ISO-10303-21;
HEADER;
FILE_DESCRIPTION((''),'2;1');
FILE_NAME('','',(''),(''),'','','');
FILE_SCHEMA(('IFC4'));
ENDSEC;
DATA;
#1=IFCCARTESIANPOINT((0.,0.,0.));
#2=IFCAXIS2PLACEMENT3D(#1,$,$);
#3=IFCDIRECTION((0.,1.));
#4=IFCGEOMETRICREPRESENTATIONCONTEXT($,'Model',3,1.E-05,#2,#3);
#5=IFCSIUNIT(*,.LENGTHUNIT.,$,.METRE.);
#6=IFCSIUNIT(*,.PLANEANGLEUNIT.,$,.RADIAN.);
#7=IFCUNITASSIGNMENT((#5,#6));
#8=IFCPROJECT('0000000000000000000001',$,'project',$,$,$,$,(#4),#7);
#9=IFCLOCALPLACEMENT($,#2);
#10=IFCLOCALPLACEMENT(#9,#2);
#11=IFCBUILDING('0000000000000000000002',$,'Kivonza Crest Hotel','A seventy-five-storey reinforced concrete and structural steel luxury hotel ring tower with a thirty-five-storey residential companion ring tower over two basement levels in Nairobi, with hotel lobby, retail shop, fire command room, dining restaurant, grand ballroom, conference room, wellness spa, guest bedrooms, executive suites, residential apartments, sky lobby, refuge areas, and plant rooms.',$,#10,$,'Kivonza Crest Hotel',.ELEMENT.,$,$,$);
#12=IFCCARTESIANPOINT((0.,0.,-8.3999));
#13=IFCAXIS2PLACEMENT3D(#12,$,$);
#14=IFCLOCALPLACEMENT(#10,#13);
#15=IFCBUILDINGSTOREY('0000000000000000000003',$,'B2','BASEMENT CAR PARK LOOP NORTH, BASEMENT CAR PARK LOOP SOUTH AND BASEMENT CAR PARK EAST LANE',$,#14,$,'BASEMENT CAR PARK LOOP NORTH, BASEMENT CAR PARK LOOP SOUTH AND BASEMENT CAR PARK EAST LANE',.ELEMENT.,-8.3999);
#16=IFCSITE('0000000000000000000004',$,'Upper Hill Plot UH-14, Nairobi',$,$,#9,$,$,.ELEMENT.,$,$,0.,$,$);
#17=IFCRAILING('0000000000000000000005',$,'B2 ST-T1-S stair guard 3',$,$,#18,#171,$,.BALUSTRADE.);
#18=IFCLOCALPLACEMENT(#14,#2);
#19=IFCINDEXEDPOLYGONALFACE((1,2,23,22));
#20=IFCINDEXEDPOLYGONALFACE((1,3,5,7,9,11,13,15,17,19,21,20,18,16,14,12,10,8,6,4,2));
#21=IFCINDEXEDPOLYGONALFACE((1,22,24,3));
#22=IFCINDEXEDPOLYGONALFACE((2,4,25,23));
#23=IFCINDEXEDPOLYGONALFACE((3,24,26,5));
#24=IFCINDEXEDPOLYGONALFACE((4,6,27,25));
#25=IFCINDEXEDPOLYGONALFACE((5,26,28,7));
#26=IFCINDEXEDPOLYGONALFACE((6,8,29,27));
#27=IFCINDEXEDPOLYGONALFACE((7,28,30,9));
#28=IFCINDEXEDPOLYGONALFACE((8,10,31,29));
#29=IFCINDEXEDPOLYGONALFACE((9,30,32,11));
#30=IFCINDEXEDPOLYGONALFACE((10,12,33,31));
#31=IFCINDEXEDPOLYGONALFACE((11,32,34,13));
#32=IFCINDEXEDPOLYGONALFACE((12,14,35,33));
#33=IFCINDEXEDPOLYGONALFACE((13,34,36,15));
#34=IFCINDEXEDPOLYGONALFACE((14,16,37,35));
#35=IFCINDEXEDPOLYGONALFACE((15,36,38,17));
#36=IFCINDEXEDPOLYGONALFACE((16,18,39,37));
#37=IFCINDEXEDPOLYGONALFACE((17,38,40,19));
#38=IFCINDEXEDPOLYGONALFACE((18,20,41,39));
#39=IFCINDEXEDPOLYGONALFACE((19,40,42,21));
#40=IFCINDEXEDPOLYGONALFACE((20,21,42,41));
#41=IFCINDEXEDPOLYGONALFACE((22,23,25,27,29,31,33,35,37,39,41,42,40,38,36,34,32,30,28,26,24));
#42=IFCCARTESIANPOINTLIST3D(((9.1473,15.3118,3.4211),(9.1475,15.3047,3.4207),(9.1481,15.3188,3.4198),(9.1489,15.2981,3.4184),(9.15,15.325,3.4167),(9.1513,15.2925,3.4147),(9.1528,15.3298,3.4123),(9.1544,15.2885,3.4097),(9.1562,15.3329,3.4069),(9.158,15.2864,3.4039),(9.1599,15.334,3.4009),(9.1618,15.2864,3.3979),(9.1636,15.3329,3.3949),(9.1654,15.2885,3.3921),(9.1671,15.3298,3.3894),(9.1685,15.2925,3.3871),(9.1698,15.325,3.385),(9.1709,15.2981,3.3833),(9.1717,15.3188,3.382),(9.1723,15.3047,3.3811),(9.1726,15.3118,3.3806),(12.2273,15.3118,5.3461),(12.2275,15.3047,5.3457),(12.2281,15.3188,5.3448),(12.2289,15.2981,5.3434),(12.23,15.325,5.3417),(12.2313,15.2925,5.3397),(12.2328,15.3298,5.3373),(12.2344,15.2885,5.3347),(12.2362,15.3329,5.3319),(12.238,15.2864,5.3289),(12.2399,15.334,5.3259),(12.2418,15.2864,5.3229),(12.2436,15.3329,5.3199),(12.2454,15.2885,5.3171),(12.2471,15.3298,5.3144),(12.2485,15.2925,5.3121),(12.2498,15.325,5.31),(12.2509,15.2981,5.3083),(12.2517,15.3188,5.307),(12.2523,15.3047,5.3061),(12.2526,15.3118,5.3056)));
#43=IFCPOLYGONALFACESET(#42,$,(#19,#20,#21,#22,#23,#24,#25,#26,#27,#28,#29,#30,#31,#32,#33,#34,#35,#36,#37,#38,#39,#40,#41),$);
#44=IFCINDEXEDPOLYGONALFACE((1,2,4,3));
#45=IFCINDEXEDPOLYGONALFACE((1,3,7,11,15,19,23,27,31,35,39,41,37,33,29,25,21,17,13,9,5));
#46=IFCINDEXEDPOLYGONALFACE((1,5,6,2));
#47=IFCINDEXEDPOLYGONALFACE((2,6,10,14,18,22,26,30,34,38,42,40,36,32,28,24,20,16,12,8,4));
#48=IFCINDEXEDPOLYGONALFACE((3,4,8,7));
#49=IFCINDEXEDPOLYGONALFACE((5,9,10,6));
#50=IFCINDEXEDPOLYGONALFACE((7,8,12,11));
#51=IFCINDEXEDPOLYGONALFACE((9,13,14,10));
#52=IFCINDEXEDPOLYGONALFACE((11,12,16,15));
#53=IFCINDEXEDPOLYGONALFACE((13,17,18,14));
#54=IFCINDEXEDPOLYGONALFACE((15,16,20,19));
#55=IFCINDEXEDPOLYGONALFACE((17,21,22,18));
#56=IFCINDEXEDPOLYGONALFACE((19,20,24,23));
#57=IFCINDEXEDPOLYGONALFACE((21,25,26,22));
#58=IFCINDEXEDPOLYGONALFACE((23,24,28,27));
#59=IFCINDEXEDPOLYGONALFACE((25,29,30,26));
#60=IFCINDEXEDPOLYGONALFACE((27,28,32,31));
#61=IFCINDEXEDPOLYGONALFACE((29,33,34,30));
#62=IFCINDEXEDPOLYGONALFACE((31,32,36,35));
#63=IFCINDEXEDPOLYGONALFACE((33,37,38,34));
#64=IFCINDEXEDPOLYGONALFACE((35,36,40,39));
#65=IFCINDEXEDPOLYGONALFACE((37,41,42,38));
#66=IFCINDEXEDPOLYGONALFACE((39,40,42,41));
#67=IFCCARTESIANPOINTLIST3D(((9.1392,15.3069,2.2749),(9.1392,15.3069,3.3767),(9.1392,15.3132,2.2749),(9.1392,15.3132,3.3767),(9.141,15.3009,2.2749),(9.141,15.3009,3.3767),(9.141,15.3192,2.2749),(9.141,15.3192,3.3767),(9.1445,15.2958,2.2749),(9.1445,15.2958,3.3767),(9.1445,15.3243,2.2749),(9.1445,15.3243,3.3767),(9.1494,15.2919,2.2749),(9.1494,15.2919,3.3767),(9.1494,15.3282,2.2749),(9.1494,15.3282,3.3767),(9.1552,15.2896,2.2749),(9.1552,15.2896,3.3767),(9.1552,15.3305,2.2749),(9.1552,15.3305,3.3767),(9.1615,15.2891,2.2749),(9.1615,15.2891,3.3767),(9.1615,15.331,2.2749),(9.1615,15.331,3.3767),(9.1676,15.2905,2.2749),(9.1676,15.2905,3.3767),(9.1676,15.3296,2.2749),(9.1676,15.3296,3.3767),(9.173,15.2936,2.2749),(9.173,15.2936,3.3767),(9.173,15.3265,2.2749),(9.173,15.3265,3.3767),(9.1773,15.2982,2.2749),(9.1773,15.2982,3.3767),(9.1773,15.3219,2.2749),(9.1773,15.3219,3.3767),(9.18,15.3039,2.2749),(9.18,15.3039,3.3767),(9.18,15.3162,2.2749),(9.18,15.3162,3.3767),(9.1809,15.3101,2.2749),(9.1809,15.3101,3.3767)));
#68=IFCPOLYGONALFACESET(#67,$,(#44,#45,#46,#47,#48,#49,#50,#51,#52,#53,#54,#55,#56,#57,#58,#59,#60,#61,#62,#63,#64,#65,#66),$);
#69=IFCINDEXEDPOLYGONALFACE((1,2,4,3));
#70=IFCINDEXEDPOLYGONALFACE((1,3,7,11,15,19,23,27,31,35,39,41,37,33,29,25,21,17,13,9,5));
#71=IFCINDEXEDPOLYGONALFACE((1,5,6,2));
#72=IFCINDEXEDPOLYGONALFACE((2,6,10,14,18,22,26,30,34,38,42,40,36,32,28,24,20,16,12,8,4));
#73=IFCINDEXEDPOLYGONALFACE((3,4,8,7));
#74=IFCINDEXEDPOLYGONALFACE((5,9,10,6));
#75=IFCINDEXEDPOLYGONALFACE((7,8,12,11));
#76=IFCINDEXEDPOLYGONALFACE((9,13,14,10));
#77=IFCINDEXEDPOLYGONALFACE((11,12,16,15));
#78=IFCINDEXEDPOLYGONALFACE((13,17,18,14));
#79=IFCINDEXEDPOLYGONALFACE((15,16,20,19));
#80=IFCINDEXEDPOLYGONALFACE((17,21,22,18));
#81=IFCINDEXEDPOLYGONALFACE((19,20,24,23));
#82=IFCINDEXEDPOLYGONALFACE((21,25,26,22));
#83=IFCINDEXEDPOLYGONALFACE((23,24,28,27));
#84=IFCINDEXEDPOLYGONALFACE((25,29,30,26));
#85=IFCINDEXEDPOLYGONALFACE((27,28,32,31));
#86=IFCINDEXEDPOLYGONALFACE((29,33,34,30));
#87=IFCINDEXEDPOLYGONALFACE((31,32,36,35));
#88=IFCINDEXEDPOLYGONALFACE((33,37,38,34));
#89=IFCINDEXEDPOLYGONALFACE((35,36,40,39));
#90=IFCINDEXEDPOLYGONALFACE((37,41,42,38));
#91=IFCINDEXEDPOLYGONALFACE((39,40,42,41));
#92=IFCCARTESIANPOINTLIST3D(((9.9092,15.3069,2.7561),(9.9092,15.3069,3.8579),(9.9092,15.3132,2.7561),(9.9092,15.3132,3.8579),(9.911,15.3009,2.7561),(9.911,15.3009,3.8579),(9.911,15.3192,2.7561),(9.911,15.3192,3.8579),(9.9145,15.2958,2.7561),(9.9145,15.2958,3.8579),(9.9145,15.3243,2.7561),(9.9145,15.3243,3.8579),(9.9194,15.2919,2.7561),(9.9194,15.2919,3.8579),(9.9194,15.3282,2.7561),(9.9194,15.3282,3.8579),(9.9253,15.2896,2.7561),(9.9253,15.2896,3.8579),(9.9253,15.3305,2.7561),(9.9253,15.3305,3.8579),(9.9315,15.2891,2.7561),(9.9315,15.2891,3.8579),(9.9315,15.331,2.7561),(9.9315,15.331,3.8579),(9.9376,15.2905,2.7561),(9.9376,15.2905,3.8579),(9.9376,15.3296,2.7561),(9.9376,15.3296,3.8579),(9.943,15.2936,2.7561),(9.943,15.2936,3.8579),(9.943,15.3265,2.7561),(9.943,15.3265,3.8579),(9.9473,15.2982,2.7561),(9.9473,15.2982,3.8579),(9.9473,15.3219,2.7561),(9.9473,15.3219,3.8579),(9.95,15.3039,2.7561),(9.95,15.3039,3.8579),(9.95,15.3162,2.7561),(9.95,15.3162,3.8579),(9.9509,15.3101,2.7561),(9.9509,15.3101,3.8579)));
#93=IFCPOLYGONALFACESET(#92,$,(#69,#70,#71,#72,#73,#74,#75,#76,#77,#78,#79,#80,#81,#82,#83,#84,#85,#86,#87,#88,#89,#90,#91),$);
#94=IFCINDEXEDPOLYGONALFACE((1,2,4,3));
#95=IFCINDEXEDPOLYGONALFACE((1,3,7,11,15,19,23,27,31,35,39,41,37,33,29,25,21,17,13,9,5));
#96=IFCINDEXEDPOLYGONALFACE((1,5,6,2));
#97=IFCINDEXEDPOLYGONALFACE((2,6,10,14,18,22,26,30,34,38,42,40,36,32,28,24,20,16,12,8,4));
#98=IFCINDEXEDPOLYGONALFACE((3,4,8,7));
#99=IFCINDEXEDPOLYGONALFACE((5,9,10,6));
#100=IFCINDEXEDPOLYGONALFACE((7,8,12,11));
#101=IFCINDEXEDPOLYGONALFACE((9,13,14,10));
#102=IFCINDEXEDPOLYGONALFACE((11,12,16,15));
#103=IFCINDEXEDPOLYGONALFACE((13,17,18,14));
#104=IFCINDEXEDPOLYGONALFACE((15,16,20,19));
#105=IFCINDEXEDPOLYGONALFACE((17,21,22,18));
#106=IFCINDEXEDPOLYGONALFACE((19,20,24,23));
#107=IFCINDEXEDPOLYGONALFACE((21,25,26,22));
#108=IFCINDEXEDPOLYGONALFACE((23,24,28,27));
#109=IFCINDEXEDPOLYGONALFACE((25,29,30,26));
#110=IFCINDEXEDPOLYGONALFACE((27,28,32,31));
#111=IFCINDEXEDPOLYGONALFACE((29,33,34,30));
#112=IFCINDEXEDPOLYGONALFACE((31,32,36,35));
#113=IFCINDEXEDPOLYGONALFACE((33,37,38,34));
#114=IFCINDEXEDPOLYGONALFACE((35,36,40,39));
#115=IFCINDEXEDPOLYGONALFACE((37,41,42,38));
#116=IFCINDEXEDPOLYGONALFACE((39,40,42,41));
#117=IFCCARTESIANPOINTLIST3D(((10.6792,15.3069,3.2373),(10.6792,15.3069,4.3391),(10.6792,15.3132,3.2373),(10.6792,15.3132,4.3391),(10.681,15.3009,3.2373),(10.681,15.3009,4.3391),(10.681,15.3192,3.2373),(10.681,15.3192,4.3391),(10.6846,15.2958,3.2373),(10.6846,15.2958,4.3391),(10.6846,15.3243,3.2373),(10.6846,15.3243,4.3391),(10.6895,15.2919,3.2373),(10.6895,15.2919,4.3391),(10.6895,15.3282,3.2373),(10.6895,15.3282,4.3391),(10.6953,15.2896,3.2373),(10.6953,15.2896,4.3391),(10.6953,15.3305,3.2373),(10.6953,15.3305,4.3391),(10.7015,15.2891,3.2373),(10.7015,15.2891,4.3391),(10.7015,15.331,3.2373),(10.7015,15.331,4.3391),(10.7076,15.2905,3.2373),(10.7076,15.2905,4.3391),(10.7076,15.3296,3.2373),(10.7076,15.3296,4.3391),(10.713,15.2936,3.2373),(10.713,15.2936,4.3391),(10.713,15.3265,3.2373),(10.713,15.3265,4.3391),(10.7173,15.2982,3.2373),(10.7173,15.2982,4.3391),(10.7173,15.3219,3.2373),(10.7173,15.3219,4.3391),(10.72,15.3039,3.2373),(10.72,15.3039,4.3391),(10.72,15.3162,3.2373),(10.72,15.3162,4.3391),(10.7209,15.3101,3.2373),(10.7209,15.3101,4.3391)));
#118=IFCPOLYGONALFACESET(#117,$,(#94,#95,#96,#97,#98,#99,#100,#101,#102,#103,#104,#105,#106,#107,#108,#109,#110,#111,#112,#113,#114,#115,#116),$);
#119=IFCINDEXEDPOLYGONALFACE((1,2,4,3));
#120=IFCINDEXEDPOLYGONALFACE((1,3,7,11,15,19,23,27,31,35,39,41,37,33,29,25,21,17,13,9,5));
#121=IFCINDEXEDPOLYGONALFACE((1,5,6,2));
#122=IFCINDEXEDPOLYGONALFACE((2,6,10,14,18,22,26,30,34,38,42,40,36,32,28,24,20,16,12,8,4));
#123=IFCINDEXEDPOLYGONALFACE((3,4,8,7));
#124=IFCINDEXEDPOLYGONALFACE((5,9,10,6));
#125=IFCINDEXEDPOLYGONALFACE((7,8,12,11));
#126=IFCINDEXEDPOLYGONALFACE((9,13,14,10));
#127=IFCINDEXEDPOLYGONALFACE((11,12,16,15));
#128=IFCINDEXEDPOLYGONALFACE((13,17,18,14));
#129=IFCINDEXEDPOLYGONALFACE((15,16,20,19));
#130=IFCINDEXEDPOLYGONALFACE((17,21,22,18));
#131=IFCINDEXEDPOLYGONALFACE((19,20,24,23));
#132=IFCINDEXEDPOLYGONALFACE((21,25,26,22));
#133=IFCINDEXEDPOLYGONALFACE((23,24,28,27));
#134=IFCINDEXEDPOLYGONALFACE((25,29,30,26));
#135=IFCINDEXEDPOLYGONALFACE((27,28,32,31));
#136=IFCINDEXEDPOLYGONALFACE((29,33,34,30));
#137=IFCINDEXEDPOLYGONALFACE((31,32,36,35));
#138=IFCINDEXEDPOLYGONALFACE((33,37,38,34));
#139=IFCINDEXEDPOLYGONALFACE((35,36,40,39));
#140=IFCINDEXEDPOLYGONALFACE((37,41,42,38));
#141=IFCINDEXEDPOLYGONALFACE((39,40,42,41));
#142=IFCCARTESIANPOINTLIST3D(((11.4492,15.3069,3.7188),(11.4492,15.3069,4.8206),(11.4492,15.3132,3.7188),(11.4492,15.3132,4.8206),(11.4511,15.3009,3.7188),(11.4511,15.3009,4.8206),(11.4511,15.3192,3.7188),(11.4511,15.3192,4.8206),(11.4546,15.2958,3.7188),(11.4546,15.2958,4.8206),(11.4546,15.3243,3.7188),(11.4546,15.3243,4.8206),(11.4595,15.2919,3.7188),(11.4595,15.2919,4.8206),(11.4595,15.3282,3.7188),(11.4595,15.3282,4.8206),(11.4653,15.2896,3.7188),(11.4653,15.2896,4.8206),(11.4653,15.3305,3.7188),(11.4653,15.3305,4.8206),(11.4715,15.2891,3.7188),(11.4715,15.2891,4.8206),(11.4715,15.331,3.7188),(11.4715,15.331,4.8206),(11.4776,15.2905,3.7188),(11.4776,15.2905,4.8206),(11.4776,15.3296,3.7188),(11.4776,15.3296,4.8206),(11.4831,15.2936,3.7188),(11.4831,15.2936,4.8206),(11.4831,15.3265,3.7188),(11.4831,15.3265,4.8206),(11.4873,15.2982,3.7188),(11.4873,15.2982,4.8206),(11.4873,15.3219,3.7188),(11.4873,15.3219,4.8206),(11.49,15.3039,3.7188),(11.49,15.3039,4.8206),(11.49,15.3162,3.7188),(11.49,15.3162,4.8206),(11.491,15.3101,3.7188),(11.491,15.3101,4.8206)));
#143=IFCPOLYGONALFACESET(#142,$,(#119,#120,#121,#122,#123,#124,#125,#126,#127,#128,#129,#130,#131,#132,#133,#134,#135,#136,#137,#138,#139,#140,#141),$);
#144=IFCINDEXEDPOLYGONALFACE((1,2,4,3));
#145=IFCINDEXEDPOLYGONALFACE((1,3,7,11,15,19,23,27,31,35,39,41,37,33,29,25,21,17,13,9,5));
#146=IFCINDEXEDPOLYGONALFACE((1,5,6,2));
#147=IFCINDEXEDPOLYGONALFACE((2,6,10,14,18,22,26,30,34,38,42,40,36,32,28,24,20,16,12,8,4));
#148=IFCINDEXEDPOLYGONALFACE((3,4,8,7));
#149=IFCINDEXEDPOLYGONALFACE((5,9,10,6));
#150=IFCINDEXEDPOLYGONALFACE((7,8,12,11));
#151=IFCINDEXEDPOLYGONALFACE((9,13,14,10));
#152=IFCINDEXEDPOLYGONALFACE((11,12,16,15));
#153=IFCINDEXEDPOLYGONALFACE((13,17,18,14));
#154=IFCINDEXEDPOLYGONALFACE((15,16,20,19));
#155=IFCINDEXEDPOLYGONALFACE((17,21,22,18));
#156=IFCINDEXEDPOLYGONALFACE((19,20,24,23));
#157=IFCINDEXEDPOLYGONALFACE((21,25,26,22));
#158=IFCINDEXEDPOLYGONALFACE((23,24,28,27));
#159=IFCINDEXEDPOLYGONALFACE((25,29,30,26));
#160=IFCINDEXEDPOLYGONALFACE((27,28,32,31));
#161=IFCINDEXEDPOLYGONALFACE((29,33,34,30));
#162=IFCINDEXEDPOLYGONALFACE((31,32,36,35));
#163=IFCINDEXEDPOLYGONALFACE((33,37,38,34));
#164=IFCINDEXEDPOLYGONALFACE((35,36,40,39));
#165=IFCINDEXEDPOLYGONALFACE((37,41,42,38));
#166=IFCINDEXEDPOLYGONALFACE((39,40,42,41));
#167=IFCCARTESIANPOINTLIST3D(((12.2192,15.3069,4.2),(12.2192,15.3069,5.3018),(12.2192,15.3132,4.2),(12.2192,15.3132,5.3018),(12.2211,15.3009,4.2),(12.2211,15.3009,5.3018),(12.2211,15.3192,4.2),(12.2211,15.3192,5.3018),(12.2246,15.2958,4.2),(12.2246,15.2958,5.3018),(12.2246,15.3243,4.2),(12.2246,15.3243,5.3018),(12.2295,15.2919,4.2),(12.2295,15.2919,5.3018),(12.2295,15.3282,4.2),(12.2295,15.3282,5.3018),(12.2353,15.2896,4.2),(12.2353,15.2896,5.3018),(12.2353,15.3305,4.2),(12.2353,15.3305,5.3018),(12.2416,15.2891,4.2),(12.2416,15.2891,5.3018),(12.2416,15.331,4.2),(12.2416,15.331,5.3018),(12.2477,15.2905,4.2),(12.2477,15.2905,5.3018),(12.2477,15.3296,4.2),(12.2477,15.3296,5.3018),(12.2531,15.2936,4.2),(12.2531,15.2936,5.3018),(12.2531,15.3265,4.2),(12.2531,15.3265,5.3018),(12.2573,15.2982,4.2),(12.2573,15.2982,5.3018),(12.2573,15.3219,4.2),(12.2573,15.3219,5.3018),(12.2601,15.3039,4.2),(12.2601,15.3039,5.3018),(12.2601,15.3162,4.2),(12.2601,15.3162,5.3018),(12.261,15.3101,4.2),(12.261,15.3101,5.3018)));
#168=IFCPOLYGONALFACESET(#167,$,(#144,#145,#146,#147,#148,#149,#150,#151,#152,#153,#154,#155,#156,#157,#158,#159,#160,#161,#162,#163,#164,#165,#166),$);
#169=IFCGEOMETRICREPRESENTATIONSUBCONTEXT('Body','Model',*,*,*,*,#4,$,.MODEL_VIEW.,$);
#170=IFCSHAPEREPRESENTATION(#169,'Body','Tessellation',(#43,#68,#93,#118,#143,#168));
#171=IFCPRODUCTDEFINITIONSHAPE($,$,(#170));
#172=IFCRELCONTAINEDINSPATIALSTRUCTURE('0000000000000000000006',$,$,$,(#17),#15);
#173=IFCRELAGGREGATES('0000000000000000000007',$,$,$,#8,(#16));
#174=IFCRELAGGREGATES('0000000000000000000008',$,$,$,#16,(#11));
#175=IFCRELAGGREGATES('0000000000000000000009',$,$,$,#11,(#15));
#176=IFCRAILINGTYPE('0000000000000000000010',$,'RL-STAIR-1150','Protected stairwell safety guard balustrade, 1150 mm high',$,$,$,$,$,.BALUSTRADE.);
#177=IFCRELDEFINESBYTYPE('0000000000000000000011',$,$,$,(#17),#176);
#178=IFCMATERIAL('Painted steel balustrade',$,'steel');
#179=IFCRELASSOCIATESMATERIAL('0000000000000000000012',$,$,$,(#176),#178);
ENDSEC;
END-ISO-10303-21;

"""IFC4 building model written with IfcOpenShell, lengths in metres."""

from ifc_helpers import new_model, si_unit, direction, frame, origin, origin_2d, place, context, subcontext, project, spatial, circle, extrude, material, type_object, element, save


model = new_model("IFC4")

# Units and contexts
model_context = context("Model", 3, precision=1e-05, world=origin(), true_north=direction((0.0, 1.0)))
body_context = subcontext(model_context, "Body", "Model", "MODEL_VIEW")
ifc_project = project(units=[si_unit("LENGTHUNIT", "METRE"), si_unit("PLANEANGLEUNIT", "RADIAN")], contexts=[model_context])

# Site, building, storey
site_placement = place(None, origin())
site = spatial("IfcSite", under=ifc_project, at=site_placement, Name="Upper Hill Plot UH-14, Nairobi", CompositionType="ELEMENT", RefElevation=0.0)
building_placement = place(site_placement, origin())
building = spatial("IfcBuilding", under=site, at=building_placement, Name="Kivonza Crest Hotel", Description="A seventy-five-storey reinforced concrete and structural steel luxury hotel ring tower with a thirty-five-storey residential companion ring tower over two basement levels in Nairobi, with hotel lobby, retail shop, fire command room, dining restaurant, grand ballroom, conference room, wellness spa, guest bedrooms, executive suites, residential apartments, sky lobby, refuge areas, and plant rooms.", LongName="Kivonza Crest Hotel", CompositionType="ELEMENT")
storey_placement = place(building_placement, frame((0.0, 0.0, -8.3999)))
storey = spatial("IfcBuildingStorey", under=building, at=storey_placement, Name="B2", Description="BASEMENT CAR PARK LOOP NORTH, BASEMENT CAR PARK LOOP SOUTH AND BASEMENT CAR PARK EAST LANE", LongName="BASEMENT CAR PARK LOOP NORTH, BASEMENT CAR PARK LOOP SOUTH AND BASEMENT CAR PARK EAST LANE", CompositionType="ELEMENT", Elevation=-8.3999)

# Railing
ifc_material_1 = material(Name="Painted steel balustrade", Category="steel")
railing_type_1 = type_object("IfcRailingType", Name="RL-STAIR-1150", Description="Protected stairwell safety guard balustrade, 1150 mm high", PredefinedType="BALUSTRADE", material=ifc_material_1)
railing_1_placement = place(storey_placement, frame((9.1599, 15.3101, 2.2749)))
element("IfcRailing", 1, at=railing_1_placement, inside=storey, type_object=railing_type_1, Name="B2 ST-T1-S stair guard 3", PredefinedType="BALUSTRADE", context=body_context, shape_type="SweptSolid", body=[
    extrude(circle(Radius=0.0239, at=origin_2d()), frame((0.0, 0.0, 1.126), z_axis=(0.847998, 0.0, 0.529999), x_axis=(0.0, 1.0, 0.0)), (0.0, 0.0, 1.0), 3.6321),
    extrude(circle(Radius=0.021, at=origin_2d()), origin(), (0.0, 0.0, 1.0), 1.1018),
    extrude(circle(Radius=0.021, at=origin_2d()), frame((0.77, 0.0, 0.4812)), (0.0, 0.0, 1.0), 1.1018),
    extrude(circle(Radius=0.021, at=origin_2d()), frame((1.54, 0.0, 0.9624)), (0.0, 0.0, 1.0), 1.1018),
    extrude(circle(Radius=0.021, at=origin_2d()), frame((2.3101, 0.0, 1.4438)), (0.0, 0.0, 1.0), 1.1018),
    extrude(circle(Radius=0.021, at=origin_2d()), frame((3.0801, 0.0, 1.925)), (0.0, 0.0, 1.0), 1.1018),
])

save(model, "model.ifc")
